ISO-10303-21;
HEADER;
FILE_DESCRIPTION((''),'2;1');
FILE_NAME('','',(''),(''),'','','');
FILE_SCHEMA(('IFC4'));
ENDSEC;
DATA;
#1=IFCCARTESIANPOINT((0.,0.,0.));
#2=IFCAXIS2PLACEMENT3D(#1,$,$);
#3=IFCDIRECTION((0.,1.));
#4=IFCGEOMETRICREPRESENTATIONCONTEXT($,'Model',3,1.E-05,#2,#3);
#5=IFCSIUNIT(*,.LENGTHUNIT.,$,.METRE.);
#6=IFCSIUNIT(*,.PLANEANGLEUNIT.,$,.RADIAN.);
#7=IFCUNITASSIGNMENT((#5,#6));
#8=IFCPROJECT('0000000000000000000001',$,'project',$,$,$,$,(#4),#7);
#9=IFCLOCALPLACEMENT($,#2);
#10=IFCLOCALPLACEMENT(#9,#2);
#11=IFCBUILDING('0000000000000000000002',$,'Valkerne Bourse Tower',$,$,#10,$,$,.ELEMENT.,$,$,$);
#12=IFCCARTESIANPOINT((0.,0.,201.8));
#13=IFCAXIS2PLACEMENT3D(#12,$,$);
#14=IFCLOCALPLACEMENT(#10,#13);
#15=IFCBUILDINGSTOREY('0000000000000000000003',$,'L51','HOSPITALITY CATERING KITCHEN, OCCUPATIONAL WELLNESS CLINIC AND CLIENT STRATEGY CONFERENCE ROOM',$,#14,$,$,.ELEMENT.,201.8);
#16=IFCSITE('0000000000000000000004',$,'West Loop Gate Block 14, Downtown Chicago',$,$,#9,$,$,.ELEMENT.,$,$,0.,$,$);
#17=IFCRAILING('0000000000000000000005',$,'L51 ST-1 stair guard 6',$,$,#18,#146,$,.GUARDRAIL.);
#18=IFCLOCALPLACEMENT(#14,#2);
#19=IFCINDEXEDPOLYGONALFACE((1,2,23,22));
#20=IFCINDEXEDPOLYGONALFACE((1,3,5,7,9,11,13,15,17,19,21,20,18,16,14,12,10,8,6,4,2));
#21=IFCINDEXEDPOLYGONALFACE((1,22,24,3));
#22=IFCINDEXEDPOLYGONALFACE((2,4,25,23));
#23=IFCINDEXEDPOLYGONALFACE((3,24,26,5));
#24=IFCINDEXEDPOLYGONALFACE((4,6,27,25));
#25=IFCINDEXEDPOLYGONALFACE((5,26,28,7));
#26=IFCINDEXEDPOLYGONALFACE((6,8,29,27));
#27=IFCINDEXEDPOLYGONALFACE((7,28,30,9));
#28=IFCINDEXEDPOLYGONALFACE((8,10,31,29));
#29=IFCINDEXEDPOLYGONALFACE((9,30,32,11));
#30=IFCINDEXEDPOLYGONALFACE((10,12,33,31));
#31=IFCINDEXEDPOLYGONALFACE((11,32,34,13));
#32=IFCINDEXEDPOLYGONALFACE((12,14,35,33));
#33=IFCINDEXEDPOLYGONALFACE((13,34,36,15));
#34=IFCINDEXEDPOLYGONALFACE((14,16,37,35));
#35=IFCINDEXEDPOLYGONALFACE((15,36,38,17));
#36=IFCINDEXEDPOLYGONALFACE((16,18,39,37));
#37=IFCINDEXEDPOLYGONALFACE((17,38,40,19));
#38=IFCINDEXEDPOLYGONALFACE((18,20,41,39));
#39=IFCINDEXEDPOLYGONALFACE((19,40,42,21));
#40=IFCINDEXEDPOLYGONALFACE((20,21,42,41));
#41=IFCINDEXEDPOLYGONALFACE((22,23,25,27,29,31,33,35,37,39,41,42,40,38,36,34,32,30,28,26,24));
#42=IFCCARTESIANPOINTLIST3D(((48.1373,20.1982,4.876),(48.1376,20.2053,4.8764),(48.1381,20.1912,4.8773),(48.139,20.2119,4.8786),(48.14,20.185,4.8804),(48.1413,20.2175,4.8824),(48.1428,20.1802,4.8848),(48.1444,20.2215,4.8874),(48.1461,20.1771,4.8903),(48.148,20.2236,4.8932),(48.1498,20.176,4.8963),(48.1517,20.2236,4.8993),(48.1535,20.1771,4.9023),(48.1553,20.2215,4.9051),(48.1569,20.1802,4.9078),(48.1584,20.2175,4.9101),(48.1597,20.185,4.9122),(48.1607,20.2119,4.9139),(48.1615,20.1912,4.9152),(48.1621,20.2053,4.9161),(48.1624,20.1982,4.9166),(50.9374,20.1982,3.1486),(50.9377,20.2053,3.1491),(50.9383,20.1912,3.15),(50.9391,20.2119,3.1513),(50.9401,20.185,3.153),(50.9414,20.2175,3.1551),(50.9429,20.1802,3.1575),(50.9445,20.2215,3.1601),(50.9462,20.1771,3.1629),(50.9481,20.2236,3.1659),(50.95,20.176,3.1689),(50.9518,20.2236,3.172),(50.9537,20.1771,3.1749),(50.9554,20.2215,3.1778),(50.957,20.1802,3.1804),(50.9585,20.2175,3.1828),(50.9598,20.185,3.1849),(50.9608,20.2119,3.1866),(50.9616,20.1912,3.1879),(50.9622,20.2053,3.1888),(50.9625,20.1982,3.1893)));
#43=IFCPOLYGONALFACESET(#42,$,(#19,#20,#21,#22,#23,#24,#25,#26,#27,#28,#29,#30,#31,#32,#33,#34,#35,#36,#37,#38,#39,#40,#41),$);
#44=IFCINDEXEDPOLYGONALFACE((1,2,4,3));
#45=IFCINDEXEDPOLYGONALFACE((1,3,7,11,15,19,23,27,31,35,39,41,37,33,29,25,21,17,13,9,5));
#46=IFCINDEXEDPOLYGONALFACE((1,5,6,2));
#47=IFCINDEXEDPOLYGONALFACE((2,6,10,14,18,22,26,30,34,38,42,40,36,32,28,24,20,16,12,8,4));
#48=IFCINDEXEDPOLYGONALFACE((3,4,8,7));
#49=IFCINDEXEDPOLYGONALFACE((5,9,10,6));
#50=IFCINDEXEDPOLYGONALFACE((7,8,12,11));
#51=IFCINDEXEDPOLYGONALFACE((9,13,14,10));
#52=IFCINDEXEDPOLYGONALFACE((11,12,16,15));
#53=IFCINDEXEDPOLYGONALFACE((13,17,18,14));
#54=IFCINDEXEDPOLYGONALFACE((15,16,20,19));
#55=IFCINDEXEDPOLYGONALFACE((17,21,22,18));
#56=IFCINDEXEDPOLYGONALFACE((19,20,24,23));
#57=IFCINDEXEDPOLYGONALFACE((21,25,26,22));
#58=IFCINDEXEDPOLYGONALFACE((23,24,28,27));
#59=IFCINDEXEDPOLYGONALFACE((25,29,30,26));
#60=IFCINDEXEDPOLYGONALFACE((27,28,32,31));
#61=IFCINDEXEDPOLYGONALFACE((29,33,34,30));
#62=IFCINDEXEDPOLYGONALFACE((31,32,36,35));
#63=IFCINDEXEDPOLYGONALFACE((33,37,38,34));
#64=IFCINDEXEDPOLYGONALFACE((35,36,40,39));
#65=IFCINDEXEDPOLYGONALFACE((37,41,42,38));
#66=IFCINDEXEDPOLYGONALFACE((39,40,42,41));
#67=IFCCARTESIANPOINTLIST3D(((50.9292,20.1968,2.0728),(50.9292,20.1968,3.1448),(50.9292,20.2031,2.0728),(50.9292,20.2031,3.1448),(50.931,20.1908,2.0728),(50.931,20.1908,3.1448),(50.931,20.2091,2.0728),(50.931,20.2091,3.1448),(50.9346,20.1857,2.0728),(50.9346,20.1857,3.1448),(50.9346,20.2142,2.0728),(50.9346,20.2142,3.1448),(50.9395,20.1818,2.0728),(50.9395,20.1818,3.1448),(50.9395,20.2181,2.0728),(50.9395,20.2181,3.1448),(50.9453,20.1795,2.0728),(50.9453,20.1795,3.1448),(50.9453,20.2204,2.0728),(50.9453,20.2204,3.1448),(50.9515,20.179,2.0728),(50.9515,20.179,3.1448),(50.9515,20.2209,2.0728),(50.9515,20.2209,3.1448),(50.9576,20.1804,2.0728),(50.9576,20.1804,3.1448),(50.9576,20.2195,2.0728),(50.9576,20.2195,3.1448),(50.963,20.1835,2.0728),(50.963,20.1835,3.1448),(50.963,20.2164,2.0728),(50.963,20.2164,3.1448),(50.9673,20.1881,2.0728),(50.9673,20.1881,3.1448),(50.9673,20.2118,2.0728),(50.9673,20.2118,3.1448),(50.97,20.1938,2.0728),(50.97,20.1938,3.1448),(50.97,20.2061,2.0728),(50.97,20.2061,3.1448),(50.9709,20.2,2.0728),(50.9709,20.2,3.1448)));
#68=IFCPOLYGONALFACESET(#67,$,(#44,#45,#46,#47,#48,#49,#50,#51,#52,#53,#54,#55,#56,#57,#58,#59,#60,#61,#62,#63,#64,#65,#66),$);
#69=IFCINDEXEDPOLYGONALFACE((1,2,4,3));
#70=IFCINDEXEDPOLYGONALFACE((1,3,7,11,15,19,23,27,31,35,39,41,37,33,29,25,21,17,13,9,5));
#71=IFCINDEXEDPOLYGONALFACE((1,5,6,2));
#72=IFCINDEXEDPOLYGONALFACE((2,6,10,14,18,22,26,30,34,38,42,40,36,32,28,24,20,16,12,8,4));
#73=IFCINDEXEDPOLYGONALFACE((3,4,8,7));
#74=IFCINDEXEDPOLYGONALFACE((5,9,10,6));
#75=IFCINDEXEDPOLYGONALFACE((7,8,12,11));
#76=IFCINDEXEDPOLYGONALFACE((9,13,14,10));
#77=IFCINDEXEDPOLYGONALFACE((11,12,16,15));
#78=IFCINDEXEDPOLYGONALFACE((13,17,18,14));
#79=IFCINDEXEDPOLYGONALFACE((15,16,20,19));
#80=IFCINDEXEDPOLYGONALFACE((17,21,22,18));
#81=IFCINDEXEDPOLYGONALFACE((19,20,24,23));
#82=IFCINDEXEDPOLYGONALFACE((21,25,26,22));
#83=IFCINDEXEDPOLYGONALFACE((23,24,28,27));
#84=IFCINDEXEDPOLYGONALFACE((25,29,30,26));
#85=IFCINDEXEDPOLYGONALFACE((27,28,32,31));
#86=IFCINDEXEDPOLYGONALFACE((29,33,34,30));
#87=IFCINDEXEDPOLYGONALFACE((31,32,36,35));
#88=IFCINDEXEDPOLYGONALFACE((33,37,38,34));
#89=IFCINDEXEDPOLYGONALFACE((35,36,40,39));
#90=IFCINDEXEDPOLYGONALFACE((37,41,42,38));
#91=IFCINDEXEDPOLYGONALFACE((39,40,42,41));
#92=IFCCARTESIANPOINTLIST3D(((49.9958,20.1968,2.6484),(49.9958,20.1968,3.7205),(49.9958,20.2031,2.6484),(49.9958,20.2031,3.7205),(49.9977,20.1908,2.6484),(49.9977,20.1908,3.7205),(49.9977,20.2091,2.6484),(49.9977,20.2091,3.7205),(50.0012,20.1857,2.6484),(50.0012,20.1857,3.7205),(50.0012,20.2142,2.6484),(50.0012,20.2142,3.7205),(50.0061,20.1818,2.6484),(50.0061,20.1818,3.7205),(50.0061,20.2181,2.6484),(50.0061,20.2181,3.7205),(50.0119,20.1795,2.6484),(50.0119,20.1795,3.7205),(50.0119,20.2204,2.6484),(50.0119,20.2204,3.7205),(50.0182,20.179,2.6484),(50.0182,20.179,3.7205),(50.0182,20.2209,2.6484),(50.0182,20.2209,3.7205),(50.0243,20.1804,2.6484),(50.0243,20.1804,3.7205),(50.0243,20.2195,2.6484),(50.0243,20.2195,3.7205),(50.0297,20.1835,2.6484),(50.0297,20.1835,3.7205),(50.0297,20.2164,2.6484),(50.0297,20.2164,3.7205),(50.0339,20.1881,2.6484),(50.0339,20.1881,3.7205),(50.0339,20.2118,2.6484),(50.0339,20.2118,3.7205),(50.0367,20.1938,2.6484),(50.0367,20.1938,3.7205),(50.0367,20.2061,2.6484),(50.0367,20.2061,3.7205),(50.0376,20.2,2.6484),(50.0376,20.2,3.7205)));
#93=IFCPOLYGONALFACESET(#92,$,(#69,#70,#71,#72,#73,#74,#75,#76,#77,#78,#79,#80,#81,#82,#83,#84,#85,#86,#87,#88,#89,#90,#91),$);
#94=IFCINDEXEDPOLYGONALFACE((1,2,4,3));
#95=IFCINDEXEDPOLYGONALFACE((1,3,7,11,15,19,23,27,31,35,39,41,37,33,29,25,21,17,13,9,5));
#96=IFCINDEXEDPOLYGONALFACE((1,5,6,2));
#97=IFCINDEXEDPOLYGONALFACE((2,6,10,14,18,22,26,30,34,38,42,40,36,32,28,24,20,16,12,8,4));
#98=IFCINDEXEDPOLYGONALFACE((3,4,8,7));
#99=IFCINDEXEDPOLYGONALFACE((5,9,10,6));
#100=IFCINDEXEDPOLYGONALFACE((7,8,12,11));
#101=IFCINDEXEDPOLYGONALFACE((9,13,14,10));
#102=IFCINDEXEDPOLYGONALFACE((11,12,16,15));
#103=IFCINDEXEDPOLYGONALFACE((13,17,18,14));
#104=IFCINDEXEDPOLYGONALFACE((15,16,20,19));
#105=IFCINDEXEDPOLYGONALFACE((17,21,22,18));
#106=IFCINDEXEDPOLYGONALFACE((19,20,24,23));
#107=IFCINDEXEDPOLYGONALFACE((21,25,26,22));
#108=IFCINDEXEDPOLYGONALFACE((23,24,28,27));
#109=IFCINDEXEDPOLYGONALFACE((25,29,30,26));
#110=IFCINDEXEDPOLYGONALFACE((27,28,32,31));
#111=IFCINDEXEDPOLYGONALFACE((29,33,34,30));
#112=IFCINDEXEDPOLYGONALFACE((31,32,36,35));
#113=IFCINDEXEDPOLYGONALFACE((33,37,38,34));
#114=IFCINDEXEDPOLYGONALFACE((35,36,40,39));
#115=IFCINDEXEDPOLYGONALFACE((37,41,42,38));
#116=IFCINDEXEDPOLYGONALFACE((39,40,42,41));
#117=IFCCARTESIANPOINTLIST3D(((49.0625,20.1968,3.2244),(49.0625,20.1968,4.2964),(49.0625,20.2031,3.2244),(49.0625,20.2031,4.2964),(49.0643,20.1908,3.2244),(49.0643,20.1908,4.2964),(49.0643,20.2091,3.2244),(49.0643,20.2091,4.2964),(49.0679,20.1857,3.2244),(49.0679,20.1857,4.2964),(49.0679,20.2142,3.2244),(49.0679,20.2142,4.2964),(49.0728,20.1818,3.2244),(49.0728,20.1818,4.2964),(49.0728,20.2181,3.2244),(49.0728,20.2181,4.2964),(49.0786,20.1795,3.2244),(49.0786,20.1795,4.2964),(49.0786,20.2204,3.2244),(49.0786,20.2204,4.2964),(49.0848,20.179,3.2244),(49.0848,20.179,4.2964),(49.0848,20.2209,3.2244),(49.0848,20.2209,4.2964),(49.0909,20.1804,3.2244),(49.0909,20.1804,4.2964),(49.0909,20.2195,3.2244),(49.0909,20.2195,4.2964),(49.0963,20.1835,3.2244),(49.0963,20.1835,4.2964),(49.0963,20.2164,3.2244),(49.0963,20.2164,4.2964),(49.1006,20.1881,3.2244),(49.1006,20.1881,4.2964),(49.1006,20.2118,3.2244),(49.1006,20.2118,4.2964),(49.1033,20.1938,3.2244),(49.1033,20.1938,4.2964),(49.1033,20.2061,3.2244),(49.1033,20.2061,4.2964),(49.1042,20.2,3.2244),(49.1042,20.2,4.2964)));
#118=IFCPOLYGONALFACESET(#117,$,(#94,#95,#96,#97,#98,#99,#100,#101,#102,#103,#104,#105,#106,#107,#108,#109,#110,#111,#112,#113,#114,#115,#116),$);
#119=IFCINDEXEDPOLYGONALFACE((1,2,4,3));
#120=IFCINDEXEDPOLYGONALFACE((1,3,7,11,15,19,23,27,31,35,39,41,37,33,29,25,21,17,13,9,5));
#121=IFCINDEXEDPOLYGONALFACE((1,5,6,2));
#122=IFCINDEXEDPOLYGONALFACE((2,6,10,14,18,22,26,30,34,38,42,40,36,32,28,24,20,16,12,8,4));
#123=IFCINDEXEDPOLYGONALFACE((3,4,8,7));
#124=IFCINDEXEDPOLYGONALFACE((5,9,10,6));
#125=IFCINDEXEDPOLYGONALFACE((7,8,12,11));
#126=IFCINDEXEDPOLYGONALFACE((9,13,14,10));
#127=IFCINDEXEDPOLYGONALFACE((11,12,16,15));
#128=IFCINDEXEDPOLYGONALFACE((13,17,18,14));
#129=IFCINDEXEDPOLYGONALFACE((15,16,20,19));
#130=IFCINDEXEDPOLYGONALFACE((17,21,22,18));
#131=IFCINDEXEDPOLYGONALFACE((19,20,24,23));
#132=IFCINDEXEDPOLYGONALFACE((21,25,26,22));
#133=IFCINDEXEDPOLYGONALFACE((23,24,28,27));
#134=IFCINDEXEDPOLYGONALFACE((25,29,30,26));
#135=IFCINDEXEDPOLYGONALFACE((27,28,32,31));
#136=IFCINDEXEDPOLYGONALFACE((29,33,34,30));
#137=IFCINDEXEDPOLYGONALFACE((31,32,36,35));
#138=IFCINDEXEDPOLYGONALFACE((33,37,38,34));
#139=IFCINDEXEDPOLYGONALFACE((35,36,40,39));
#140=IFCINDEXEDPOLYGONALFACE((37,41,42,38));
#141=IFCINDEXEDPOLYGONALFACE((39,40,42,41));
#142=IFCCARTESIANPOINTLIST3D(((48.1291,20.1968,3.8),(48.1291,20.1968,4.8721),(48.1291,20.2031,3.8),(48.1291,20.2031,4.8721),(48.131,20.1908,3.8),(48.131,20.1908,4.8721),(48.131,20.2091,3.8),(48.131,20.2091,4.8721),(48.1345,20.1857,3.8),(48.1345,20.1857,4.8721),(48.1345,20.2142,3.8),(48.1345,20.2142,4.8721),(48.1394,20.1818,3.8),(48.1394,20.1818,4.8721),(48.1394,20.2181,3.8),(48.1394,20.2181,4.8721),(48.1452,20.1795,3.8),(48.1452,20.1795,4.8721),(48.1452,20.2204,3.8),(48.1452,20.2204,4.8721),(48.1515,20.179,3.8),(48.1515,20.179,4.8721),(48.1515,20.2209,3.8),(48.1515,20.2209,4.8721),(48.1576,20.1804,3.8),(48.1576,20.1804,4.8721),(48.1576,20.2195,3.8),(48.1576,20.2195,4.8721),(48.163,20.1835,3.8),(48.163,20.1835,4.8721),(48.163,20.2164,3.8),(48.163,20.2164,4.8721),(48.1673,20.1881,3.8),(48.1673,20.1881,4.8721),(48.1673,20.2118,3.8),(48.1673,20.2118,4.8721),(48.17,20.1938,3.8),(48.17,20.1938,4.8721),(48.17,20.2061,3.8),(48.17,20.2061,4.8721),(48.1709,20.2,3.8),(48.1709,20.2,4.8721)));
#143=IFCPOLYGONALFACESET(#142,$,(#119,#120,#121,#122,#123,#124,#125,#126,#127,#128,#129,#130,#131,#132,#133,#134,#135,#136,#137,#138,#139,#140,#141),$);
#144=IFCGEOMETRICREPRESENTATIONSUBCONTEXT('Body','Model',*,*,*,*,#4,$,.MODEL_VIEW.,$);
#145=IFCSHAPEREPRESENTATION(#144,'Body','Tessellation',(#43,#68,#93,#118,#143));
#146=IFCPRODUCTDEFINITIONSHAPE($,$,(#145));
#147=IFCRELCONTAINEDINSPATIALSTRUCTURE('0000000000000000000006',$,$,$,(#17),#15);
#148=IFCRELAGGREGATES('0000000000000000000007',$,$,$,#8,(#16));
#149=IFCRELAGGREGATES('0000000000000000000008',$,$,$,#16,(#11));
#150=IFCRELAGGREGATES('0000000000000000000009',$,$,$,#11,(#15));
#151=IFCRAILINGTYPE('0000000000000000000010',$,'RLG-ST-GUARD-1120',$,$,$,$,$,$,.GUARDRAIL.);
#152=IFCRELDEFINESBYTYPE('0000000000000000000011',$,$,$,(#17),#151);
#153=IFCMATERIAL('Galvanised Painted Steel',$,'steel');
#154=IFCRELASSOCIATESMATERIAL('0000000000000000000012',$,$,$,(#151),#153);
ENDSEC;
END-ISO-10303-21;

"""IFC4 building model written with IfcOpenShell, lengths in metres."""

from ifc_helpers import new_model, si_unit, direction, frame, origin, origin_2d, place, context, subcontext, project, spatial, circle, extrude, material, type_object, element, save


model = new_model("IFC4")

# Units and contexts
model_context = context("Model", 3, precision=1e-05, world=origin(), true_north=direction((0.0, 1.0)))
body_context = subcontext(model_context, "Body", "Model", "MODEL_VIEW")
ifc_project = project(units=[si_unit("LENGTHUNIT", "METRE"), si_unit("PLANEANGLEUNIT", "RADIAN")], contexts=[model_context])

# Site, building, storey
site_placement = place(None, origin())
site = spatial("IfcSite", under=ifc_project, at=site_placement, Name="West Loop Gate Block 14, Downtown Chicago", CompositionType="ELEMENT", RefElevation=0.0)
building_placement = place(site_placement, origin())
building = spatial("IfcBuilding", under=site, at=building_placement, Name="Valkerne Bourse Tower", CompositionType="ELEMENT")
storey_placement = place(building_placement, frame((0.0, 0.0, 201.8)))
storey = spatial("IfcBuildingStorey", under=building, at=storey_placement, Name="L51", Description="HOSPITALITY CATERING KITCHEN, OCCUPATIONAL WELLNESS CLINIC AND CLIENT STRATEGY CONFERENCE ROOM", CompositionType="ELEMENT", Elevation=201.8)

# Shared definitions
ifc_material_1 = material(Name="Galvanised Painted Steel", Category="steel")

# Railing
railing_type_1 = type_object("IfcRailingType", Name="RLG-ST-GUARD-1120", PredefinedType="GUARDRAIL", material=ifc_material_1)
railing_1_placement = place(storey_placement, frame((50.95, 20.2, 2.0728)))
element("IfcRailing", 1, at=railing_1_placement, inside=storey, type_object=railing_type_1, Name="L51 ST-1 stair guard 6", PredefinedType="GUARDRAIL", context=body_context, shape_type="SweptSolid", body=[
    extrude(circle(Radius=0.0239, at=origin_2d()), frame((0.0, 0.0, 1.0962), z_axis=(-0.85109, 0.0, 0.52502), x_axis=(0.0, -1.0, 0.0)), (0.0, 0.0, 1.0), 3.29),
    extrude(circle(Radius=0.021, at=origin_2d()), origin(), (0.0, 0.0, 1.0), 1.072),
    extrude(circle(Radius=0.021, at=origin_2d()), frame((-0.9333, 0.0, 0.5757)), (0.0, 0.0, 1.0), 1.072),
    extrude(circle(Radius=0.021, at=origin_2d()), frame((-1.8667, 0.0, 1.1516)), (0.0, 0.0, 1.0), 1.072),
    extrude(circle(Radius=0.021, at=origin_2d()), frame((-2.8, 0.0, 1.7273)), (0.0, 0.0, 1.0), 1.072),
])

save(model, "model.ifc")
